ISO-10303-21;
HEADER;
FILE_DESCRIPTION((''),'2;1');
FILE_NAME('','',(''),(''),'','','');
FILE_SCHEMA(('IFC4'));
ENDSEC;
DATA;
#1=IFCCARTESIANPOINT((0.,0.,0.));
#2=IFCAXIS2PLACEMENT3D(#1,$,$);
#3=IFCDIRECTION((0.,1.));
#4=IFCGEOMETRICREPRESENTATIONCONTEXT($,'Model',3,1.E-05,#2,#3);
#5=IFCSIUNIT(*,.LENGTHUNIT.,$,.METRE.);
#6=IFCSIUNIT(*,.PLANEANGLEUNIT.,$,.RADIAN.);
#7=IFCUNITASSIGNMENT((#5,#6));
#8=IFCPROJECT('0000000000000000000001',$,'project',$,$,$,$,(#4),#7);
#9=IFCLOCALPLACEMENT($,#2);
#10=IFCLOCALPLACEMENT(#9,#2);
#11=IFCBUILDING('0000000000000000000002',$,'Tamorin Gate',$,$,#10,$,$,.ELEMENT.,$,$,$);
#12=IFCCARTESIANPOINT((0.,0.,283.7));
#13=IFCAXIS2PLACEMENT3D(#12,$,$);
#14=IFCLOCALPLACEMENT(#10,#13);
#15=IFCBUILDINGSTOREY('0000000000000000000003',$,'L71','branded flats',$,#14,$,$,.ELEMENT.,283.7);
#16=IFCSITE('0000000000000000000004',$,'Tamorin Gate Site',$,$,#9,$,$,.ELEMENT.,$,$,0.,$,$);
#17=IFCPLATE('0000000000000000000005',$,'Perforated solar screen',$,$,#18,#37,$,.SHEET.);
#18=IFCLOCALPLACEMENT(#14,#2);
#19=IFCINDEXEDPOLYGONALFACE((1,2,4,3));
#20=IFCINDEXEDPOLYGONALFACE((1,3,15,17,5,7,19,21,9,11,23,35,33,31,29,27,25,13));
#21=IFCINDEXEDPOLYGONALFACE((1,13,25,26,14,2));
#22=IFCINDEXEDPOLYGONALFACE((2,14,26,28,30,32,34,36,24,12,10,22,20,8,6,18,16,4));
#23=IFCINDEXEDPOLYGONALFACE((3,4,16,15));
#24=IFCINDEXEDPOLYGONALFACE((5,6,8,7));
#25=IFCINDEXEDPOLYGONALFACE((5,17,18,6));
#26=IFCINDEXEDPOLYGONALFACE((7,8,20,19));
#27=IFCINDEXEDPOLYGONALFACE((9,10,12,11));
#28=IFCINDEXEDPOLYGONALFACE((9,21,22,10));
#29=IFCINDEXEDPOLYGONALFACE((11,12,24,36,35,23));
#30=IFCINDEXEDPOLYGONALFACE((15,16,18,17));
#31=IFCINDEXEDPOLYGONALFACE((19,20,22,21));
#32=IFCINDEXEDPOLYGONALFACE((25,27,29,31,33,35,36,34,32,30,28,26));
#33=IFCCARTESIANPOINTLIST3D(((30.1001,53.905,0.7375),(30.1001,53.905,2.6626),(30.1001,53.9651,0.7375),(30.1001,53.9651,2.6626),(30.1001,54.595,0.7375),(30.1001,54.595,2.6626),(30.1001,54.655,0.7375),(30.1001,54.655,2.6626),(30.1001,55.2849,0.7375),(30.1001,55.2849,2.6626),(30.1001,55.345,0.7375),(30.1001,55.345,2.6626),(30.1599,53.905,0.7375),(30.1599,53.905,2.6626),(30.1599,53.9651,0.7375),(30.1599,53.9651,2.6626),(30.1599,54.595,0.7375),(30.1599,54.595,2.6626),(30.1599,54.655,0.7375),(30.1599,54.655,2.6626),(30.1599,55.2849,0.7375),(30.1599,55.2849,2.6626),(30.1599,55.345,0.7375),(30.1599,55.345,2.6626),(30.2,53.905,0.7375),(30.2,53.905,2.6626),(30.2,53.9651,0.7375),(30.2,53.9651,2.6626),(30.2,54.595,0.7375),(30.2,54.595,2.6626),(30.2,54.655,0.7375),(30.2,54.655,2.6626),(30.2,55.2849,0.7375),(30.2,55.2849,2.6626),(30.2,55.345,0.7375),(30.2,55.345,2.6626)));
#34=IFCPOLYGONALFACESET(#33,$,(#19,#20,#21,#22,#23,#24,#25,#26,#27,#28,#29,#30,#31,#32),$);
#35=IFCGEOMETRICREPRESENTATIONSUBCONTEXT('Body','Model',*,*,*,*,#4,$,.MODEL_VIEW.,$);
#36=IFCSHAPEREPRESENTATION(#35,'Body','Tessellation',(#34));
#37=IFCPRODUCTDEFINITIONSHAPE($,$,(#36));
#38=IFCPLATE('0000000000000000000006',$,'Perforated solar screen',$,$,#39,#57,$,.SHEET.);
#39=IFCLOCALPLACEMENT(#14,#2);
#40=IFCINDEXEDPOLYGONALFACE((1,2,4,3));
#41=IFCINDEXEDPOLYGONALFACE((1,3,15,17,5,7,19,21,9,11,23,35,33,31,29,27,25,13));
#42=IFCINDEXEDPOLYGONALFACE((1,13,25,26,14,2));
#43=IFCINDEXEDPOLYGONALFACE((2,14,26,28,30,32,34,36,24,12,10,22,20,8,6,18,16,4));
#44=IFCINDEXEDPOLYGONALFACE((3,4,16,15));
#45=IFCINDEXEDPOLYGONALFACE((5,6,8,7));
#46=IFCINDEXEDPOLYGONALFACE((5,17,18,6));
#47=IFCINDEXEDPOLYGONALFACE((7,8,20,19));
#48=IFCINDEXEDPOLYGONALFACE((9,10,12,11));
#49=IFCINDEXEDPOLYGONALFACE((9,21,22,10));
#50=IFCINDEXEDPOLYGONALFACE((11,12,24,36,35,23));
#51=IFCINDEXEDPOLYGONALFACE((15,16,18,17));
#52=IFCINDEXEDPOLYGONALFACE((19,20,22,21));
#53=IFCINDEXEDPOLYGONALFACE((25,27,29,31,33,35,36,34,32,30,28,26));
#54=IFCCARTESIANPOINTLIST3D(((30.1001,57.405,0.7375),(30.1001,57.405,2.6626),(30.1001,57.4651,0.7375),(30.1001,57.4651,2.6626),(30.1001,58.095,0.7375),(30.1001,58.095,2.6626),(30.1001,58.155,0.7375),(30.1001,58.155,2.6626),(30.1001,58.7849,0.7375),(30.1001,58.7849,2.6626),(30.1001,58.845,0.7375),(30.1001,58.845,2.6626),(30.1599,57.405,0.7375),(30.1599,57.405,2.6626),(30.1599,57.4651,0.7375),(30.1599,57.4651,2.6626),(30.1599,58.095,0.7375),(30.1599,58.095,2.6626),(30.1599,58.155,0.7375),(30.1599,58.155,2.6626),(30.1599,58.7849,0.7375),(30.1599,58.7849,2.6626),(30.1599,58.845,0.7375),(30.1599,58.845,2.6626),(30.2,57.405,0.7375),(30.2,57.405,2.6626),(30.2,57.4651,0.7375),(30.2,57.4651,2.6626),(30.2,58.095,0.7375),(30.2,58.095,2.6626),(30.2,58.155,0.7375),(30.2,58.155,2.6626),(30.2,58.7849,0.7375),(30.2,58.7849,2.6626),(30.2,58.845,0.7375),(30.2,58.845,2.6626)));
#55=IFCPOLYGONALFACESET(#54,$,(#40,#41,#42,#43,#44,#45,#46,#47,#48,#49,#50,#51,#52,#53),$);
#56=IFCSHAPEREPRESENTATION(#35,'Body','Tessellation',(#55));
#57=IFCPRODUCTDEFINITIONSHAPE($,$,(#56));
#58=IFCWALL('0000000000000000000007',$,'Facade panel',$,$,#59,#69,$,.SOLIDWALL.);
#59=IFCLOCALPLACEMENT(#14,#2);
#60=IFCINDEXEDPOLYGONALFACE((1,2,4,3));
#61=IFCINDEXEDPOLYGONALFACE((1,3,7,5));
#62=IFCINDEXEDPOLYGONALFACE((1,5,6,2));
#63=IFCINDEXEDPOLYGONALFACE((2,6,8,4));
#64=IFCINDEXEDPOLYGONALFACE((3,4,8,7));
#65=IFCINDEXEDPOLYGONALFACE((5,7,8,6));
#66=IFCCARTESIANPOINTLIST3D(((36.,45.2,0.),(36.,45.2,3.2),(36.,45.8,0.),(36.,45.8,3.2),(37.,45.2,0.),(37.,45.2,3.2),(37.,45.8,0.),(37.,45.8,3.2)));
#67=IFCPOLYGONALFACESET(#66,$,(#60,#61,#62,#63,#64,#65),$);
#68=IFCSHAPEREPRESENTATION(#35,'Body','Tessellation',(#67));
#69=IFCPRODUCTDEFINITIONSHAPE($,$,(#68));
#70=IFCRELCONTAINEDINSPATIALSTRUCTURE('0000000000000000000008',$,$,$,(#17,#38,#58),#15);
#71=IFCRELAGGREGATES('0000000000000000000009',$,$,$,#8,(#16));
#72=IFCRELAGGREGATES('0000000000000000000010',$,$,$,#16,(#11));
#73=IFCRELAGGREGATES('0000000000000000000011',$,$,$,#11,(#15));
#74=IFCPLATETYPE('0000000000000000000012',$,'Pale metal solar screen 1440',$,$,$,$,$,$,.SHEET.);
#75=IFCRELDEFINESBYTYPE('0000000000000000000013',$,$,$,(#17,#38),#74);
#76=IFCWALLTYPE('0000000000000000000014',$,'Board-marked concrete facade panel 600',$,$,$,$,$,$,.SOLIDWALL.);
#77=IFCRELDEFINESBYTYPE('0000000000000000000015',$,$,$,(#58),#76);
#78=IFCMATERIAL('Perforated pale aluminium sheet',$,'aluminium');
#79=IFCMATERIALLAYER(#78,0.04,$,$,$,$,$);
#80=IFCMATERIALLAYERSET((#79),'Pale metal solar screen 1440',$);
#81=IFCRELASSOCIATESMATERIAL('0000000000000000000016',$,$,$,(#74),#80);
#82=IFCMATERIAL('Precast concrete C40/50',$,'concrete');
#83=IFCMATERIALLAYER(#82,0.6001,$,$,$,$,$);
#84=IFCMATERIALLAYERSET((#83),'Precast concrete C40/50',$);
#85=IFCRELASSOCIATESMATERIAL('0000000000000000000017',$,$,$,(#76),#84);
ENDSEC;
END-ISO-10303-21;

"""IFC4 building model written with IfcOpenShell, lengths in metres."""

from ifc_helpers import new_model, si_unit, direction, frame, frame_2d, origin, place, context, subcontext, project, spatial, polyline, rectangle, outline, extrude, material, layer, layer_set, type_object, element, save


model = new_model("IFC4")

# Units and contexts
model_context = context("Model", 3, precision=1e-05, world=origin(), true_north=direction((0.0, 1.0)))
body_context = subcontext(model_context, "Body", "Model", "MODEL_VIEW")
ifc_project = project(units=[si_unit("LENGTHUNIT", "METRE"), si_unit("PLANEANGLEUNIT", "RADIAN")], contexts=[model_context])

# Site, building, storey
site_placement = place(None, origin())
site = spatial("IfcSite", under=ifc_project, at=site_placement, Name="Tamorin Gate Site", CompositionType="ELEMENT", RefElevation=0.0)
building_placement = place(site_placement, origin())
building = spatial("IfcBuilding", under=site, at=building_placement, Name="Tamorin Gate", CompositionType="ELEMENT")
storey_placement = place(building_placement, frame((0.0, 0.0, 283.7)))
storey = spatial("IfcBuildingStorey", under=building, at=storey_placement, Name="L71", Description="branded flats", CompositionType="ELEMENT", Elevation=283.7)

# Plates
ifc_material_1 = material(Name="Perforated pale aluminium sheet", Category="aluminium")
ifc_layer_1 = layer(ifc_material_1, 0.04)
ifc_layer_set_1 = layer_set([ifc_layer_1], Name="Pale metal solar screen 1440")
plate_type = type_object("IfcPlateType", Name="Pale metal solar screen 1440", PredefinedType="SHEET", material=ifc_layer_set_1)
plate_1_placement = place(storey_placement, frame((0.0, 0.0, 0.7375)))
element("IfcPlate", 1, at=plate_1_placement, inside=storey, type_object=plate_type, Name="Perforated solar screen", PredefinedType="SHEET", context=body_context, shape_type="SweptSolid", body=[
    extrude(outline(polyline([(30.1599, 55.345), (30.2, 55.345), (30.2, 55.2849), (30.2, 54.655), (30.2, 54.595), (30.2, 53.9651), (30.2, 53.905), (30.1599, 53.905), (30.1001, 53.905), (30.1001, 53.9651), (30.1599, 53.9651), (30.1599, 54.595), (30.1001, 54.595), (30.1001, 54.655), (30.1599, 54.655), (30.1599, 55.2849), (30.1001, 55.2849), (30.1001, 55.345), (30.1599, 55.345)])), origin(), (0.0, 0.0, 1.0), 1.925),
])
plate_2_placement = place(storey_placement, frame((0.0, 0.0, 0.7375)))
element("IfcPlate", 2, at=plate_2_placement, inside=storey, type_object=plate_type, Name="Perforated solar screen", PredefinedType="SHEET", context=body_context, shape_type="SweptSolid", body=[
    extrude(outline(polyline([(30.1599, 58.845), (30.2, 58.845), (30.2, 58.7849), (30.2, 58.155), (30.2, 58.095), (30.2, 57.4651), (30.2, 57.405), (30.1599, 57.405), (30.1001, 57.405), (30.1001, 57.4651), (30.1599, 57.4651), (30.1599, 58.095), (30.1001, 58.095), (30.1001, 58.155), (30.1599, 58.155), (30.1599, 58.7849), (30.1001, 58.7849), (30.1001, 58.845), (30.1599, 58.845)])), origin(), (0.0, 0.0, 1.0), 1.925),
])

# Wall
ifc_material_2 = material(Name="Precast concrete C40/50", Category="concrete")
ifc_layer_2 = layer(ifc_material_2, 0.6001)
ifc_layer_set_2 = layer_set([ifc_layer_2], Name="Precast concrete C40/50")
wall_type = type_object("IfcWallType", Name="Board-marked concrete facade panel 600", PredefinedType="SOLIDWALL", material=ifc_layer_set_2)
wall_placement = place(storey_placement, frame((36.0, 45.5, 0.0), z_axis=(0.0, 0.0, 1.0), x_axis=(1.0, 0.0, 0.0)))
element("IfcWall", 3, at=wall_placement, inside=storey, type_object=wall_type, Name="Facade panel", PredefinedType="SOLIDWALL", context=body_context, shape_type="SweptSolid", body=[
    extrude(rectangle(XDim=1.0, YDim=0.6001, at=frame_2d((0.5, 0.0))), origin(), (0.0, 0.0, 1.0), 3.2),
])

save(model, "model.ifc")
